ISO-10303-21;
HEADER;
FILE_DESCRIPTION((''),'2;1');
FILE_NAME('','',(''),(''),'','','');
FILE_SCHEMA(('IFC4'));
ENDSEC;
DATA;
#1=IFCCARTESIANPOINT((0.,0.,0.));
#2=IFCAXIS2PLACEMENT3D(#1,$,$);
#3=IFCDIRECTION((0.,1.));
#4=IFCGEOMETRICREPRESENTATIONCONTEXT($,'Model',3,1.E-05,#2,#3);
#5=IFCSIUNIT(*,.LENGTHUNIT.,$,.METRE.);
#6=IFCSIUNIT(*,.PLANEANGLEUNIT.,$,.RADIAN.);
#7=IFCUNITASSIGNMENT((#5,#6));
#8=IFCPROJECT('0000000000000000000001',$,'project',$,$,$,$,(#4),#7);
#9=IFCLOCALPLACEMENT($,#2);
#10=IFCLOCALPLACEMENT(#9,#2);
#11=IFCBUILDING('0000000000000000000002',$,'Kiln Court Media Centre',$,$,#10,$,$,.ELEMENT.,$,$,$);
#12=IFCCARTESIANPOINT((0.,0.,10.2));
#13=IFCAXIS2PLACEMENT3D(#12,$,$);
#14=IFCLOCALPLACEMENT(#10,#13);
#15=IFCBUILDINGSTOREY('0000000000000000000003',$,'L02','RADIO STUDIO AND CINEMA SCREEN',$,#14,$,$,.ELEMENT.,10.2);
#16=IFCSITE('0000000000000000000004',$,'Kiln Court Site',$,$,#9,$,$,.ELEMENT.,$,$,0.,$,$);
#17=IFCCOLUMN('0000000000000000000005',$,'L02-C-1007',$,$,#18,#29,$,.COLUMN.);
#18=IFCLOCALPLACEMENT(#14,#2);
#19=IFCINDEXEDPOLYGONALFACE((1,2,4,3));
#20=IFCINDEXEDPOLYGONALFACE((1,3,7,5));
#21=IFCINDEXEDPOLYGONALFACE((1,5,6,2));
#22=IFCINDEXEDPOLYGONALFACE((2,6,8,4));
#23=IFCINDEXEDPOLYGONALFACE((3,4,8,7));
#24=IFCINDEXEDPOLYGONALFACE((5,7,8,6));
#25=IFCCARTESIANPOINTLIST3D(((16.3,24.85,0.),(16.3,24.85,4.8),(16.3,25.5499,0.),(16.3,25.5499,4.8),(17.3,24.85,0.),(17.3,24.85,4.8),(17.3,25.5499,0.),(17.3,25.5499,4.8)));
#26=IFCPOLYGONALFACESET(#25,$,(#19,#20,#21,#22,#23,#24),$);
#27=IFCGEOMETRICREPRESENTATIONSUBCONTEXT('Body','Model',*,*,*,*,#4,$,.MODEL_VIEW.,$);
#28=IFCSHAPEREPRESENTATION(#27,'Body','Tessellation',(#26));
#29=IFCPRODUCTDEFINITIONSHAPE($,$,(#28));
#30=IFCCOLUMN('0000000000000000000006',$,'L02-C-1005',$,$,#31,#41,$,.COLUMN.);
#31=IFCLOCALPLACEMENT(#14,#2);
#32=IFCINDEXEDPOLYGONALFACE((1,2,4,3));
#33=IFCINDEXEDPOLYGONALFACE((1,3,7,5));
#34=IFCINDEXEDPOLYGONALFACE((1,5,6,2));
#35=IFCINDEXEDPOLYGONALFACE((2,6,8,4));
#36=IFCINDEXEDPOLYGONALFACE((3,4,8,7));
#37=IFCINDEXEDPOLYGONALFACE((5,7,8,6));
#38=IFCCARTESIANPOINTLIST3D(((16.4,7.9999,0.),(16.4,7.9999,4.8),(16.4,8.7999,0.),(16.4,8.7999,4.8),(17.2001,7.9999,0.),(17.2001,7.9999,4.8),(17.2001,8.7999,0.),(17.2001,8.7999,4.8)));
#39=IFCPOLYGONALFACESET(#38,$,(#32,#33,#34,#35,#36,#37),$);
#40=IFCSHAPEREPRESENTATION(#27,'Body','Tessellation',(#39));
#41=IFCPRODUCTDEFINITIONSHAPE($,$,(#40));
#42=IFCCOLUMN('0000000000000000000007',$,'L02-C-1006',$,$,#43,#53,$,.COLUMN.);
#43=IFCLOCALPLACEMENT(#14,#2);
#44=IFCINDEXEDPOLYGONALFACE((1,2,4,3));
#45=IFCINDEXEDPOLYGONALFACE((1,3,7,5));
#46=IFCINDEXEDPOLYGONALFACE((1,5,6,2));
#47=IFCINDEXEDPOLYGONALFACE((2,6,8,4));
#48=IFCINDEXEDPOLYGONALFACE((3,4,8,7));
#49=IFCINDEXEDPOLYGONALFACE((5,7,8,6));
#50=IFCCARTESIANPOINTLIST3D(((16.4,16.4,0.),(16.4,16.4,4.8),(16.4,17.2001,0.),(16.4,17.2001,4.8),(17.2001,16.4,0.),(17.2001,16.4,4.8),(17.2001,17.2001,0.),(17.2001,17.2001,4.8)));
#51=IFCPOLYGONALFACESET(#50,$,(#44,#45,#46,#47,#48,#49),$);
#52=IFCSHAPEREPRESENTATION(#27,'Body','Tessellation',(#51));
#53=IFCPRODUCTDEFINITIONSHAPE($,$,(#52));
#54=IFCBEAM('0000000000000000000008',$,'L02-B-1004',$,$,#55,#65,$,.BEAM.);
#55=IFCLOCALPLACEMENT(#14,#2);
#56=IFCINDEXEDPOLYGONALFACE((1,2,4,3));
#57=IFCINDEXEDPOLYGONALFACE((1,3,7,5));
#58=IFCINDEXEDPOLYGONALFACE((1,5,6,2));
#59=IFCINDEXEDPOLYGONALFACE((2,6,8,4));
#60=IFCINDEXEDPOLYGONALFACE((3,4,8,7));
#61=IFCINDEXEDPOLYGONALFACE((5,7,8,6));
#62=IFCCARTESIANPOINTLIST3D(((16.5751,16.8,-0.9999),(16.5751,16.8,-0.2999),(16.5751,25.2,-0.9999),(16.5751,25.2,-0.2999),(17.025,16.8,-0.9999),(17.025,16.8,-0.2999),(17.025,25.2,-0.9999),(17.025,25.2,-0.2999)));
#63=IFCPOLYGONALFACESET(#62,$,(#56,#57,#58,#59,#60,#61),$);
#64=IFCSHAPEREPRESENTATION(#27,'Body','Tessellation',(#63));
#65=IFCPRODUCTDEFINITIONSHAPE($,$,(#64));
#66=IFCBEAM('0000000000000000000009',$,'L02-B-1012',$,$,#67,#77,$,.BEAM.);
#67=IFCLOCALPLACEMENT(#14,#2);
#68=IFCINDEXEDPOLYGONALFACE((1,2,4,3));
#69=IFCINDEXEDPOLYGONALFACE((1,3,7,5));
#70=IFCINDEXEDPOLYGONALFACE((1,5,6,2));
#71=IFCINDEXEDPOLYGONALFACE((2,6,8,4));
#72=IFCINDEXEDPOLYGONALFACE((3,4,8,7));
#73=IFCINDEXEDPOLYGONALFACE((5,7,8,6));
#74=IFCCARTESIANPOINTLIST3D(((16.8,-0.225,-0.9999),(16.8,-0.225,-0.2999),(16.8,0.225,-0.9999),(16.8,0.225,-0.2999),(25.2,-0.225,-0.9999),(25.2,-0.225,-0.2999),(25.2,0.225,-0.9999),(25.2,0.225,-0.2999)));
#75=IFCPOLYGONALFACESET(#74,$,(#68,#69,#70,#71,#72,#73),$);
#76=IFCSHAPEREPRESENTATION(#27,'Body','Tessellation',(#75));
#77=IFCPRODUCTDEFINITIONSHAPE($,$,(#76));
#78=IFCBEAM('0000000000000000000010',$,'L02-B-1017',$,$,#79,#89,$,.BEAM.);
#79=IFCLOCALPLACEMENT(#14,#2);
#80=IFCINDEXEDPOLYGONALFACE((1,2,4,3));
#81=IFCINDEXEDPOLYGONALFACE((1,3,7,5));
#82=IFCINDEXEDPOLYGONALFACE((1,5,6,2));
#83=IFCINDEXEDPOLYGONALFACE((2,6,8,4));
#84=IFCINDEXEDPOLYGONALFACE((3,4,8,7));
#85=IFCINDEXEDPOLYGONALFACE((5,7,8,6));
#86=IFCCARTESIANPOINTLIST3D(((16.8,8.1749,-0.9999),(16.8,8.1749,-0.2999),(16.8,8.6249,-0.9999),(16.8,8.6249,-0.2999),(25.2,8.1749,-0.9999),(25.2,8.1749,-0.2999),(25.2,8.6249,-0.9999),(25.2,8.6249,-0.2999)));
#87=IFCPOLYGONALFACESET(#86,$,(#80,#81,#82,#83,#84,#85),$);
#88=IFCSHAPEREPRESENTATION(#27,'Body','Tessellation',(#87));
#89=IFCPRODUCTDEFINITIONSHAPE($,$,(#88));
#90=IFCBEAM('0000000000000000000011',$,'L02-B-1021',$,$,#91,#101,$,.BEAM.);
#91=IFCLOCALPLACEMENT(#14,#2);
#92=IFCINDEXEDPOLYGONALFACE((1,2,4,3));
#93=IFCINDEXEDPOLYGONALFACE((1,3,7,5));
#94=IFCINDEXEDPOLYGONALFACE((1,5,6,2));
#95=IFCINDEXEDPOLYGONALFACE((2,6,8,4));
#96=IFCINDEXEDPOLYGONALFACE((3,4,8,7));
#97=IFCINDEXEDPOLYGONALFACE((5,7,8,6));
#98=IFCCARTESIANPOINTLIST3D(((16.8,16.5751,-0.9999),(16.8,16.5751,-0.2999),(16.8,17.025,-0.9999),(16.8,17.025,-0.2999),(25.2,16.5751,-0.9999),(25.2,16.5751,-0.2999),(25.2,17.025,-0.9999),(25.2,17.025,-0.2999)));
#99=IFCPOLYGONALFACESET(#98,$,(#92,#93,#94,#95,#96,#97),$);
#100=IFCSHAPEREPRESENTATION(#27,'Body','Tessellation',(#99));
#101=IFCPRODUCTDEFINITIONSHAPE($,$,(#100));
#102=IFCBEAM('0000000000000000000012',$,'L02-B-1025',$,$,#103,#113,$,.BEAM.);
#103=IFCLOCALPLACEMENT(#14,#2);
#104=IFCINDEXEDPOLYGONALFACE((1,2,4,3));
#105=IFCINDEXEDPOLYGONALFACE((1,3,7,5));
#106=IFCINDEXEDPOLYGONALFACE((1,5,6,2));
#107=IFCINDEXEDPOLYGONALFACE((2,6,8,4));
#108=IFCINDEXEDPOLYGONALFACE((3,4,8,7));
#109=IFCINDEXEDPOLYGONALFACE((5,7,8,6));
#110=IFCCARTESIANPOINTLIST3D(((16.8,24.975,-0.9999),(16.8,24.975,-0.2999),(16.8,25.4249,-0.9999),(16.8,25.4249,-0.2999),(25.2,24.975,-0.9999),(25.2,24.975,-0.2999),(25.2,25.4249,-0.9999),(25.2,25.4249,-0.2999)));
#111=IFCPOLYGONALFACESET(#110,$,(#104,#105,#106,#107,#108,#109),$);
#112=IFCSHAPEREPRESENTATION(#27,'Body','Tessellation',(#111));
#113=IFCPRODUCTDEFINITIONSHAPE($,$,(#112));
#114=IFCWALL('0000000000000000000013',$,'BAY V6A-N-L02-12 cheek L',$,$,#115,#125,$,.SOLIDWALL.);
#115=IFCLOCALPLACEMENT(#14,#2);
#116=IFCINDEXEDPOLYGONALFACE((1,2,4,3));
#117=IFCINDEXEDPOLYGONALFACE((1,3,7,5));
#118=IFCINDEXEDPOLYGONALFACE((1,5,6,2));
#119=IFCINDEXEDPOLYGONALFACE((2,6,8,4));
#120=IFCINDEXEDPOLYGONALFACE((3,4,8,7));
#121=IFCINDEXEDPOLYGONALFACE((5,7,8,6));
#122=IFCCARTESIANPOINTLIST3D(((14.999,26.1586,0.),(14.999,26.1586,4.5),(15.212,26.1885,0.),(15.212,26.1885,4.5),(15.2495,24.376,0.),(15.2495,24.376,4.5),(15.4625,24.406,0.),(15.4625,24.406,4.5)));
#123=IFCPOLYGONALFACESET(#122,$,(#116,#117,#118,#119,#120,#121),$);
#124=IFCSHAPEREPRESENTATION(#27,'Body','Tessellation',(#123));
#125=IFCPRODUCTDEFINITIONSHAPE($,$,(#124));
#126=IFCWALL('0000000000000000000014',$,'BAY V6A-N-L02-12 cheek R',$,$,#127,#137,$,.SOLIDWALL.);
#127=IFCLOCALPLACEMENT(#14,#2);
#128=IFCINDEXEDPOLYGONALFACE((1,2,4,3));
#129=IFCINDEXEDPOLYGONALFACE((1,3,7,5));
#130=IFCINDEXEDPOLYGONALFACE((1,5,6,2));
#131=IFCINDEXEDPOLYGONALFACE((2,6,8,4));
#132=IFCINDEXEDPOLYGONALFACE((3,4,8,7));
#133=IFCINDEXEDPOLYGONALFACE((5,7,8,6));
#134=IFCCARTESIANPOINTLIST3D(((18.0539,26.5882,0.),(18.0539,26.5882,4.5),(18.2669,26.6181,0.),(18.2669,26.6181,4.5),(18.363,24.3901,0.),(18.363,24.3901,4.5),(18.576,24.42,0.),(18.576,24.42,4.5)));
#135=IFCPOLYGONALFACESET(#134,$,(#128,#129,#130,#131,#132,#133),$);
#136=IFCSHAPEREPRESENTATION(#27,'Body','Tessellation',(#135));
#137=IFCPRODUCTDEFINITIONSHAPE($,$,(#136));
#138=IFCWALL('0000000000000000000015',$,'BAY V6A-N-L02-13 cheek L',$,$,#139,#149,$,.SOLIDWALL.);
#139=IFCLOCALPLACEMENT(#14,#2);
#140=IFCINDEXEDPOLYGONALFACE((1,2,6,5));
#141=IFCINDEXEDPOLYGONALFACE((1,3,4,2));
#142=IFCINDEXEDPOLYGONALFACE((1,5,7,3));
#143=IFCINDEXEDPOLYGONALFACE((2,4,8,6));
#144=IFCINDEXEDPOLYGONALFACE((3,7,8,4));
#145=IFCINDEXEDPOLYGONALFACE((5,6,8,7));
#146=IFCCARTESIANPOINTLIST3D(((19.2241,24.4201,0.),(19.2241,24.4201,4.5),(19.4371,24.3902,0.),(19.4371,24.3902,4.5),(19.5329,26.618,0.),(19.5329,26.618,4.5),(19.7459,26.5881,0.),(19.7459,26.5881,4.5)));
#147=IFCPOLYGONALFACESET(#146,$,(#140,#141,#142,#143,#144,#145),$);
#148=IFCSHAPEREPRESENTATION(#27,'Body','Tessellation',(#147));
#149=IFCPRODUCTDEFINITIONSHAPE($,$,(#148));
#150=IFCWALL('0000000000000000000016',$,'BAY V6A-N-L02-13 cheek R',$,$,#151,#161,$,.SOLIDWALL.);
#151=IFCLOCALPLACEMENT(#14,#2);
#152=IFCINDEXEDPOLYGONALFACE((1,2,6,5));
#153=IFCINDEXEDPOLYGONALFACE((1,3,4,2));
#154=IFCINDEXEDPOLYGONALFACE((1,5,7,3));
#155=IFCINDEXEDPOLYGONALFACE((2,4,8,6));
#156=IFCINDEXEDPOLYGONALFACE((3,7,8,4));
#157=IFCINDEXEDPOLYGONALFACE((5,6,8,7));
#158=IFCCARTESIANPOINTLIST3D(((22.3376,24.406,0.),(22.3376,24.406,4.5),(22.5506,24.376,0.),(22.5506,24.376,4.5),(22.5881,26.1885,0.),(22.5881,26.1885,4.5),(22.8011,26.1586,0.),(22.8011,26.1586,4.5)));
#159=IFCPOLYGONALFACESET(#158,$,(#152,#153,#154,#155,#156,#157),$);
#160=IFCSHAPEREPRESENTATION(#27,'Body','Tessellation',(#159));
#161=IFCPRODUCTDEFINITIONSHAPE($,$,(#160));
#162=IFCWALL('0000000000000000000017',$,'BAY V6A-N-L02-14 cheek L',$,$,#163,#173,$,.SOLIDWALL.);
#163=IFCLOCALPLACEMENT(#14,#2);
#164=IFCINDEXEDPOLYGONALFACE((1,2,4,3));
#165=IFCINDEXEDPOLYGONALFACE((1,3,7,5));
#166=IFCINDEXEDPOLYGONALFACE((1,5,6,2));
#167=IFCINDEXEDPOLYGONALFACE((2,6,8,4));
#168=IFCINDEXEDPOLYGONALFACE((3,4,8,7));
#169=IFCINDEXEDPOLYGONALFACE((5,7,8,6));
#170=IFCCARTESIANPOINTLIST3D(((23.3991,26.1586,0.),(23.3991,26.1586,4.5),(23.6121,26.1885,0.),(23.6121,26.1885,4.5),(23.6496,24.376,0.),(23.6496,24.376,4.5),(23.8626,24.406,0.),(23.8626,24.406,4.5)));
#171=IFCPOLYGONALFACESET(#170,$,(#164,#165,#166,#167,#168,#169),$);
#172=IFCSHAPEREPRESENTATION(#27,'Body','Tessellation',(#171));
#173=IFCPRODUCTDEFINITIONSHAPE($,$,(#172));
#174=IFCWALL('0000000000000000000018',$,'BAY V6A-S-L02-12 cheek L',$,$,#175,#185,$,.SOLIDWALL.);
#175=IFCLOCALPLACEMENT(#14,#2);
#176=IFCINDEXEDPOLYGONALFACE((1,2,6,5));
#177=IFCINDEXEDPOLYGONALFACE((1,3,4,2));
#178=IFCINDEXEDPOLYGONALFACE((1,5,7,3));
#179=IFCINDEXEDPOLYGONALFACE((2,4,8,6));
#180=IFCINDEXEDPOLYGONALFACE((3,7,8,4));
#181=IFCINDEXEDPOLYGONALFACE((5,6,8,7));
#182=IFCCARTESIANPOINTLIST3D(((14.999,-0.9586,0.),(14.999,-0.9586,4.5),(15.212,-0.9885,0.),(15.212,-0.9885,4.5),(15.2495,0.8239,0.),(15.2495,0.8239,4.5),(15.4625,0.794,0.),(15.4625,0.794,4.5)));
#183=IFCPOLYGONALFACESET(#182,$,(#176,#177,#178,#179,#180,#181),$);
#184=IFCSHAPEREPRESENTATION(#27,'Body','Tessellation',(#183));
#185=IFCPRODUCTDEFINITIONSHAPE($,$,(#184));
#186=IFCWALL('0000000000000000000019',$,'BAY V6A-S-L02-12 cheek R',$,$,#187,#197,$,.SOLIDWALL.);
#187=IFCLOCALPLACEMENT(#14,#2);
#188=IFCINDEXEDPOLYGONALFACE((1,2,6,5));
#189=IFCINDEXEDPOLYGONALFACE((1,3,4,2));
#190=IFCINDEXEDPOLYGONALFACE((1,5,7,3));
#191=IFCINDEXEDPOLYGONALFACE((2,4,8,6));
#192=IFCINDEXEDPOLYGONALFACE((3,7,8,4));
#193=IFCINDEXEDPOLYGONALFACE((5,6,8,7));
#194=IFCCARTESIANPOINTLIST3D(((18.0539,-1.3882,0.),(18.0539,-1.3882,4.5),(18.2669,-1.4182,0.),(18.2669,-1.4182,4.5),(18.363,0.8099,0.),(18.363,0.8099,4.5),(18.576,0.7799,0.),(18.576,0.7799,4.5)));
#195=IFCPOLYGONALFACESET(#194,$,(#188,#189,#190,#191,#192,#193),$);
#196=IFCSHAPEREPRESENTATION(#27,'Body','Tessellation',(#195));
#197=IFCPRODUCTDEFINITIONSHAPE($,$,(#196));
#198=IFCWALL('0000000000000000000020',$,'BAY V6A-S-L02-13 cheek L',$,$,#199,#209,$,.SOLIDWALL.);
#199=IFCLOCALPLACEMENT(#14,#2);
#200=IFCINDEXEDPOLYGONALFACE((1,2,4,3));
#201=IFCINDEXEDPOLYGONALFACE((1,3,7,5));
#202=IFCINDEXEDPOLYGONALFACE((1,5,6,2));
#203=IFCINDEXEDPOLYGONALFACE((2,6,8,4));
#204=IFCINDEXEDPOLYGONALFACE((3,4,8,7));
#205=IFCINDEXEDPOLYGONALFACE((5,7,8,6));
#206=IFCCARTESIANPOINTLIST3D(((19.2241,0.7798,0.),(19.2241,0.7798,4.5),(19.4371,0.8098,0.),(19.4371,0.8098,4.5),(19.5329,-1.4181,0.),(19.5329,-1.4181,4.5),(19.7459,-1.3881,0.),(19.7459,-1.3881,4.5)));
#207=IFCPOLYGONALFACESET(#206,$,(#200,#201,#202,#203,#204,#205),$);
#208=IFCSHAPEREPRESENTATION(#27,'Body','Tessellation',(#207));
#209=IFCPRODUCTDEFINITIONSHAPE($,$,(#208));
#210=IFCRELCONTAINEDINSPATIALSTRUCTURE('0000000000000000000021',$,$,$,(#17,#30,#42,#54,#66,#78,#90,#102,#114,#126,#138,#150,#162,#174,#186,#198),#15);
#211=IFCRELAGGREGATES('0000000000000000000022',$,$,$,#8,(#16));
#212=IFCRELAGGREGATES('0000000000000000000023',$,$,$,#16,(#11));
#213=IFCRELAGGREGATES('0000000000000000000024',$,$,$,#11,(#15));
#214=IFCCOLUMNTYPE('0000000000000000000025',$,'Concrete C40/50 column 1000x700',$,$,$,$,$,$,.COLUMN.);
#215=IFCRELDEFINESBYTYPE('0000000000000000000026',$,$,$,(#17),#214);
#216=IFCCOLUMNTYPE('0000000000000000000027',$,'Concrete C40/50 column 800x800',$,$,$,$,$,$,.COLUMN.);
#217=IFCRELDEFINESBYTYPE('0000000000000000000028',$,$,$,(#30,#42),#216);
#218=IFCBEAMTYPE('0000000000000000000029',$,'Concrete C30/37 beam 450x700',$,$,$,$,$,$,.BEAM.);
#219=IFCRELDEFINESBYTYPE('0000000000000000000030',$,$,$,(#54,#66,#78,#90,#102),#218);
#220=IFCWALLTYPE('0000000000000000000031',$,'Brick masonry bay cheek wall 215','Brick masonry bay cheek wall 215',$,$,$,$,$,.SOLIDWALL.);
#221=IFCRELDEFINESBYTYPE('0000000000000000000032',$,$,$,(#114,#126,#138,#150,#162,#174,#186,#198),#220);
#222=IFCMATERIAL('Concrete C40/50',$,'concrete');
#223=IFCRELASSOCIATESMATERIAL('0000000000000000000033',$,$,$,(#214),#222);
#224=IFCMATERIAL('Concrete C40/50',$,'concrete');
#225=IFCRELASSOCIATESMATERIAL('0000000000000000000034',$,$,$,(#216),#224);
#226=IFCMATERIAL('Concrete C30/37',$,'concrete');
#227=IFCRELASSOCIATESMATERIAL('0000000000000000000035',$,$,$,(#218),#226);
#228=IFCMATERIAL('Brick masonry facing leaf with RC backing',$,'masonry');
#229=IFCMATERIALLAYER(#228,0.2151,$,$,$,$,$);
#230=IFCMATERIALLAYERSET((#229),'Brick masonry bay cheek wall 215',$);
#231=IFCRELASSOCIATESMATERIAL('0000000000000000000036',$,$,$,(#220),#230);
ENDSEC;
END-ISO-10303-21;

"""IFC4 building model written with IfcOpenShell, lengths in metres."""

from ifc_helpers import new_model, si_unit, direction, frame, frame_2d, origin, origin_2d, place, context, subcontext, project, spatial, rectangle, extrude, material, layer, layer_set, material_profile, profile_set, type_object, element, save


model = new_model("IFC4")

# Units and contexts
model_context = context("Model", 3, precision=1e-05, world=origin(), true_north=direction((0.0, 1.0)))
body_context = subcontext(model_context, "Body", "Model", "MODEL_VIEW")
ifc_project = project(units=[si_unit("LENGTHUNIT", "METRE"), si_unit("PLANEANGLEUNIT", "RADIAN")], contexts=[model_context])

# Site, building, storey
site_placement = place(None, origin())
site = spatial("IfcSite", under=ifc_project, at=site_placement, Name="Kiln Court Site", CompositionType="ELEMENT", RefElevation=0.0)
building_placement = place(site_placement, origin())
building = spatial("IfcBuilding", under=site, at=building_placement, Name="Kiln Court Media Centre", CompositionType="ELEMENT")
storey_placement = place(building_placement, frame((0.0, 0.0, 10.2)))
storey = spatial("IfcBuildingStorey", under=building, at=storey_placement, Name="L02", Description="RADIO STUDIO AND CINEMA SCREEN", CompositionType="ELEMENT", Elevation=10.2)

# Columns
ifc_material_1 = material(Name="Concrete C40/50", Category="concrete")
ifc_material_profile_1 = material_profile(ifc_material_1, rectangle(XDim=1.0, YDim=0.7, at=origin_2d()), Name="RC 1000x700")
ifc_profile_set_1 = profile_set([ifc_material_profile_1], Name="Concrete C40/50")
column_type_1 = type_object("IfcColumnType", Name="Concrete C40/50 column 1000x700", PredefinedType="COLUMN", material=ifc_profile_set_1)
column_placement = place(storey_placement, frame((16.8, 25.2, 0.0), z_axis=(0.0, 0.0, 1.0), x_axis=(1.0, 0.0, 0.0)))
element("IfcColumn", 1, at=column_placement, inside=storey, type_object=column_type_1, Name="L02-C-1007", PredefinedType="COLUMN", context=body_context, shape_type="SweptSolid", body=[
    extrude(rectangle(XDim=1.0, YDim=0.7, at=origin_2d()), origin(), (0.0, 0.0, 1.0), 4.8),
])
ifc_material_2 = material(Name="Concrete C40/50", Category="concrete")
ifc_material_profile_2 = material_profile(ifc_material_2, rectangle(XDim=0.8, YDim=0.8, at=origin_2d()), Name="RC 800x800")
ifc_profile_set_2 = profile_set([ifc_material_profile_2], Name="Concrete C40/50")
column_type_2 = type_object("IfcColumnType", Name="Concrete C40/50 column 800x800", PredefinedType="COLUMN", material=ifc_profile_set_2)
for number, where, z_axis, x_axis, name in (
    (2, (16.8, 8.3999, 0.0), (0.0, 0.0, 1.0), (1.0, 0.0, 0.0), "L02-C-1005"),
    (3, (16.8, 16.8, 0.0), (0.0, 0.0, 1.0), (1.0, 0.0, 0.0), "L02-C-1006"),
):
    element("IfcColumn", number, at=place(storey_placement, frame(where, z_axis=z_axis, x_axis=x_axis)), inside=storey, type_object=column_type_2, Name=name, PredefinedType="COLUMN", context=body_context, shape_type="SweptSolid", body=[
        extrude(rectangle(XDim=0.8, YDim=0.8, at=origin_2d()), origin(), (0.0, 0.0, 1.0), 4.8),
    ])

# Beams
ifc_material_3 = material(Name="Concrete C30/37", Category="concrete")
ifc_material_profile_3 = material_profile(ifc_material_3, rectangle(XDim=0.45, YDim=0.7, at=origin_2d()), Name="RC 450x700")
ifc_profile_set_3 = profile_set([ifc_material_profile_3], Name="Concrete C30/37")
beam_type = type_object("IfcBeamType", Name="Concrete C30/37 beam 450x700", PredefinedType="BEAM", material=ifc_profile_set_3)
for number, where, z_axis, x_axis, name in (
    (4, (16.8, 16.8, -0.6499), (0.0, 1.0, 0.0), (-1.0, 0.0, 0.0), "L02-B-1004"),
    (5, (16.8, 0.0, -0.6499), (1.0, 0.0, 0.0), (0.0, 1.0, 0.0), "L02-B-1012"),
    (6, (16.8, 8.3999, -0.6499), (1.0, 0.0, 0.0), (0.0, 1.0, 0.0), "L02-B-1017"),
    (7, (16.8, 16.8, -0.6499), (1.0, 0.0, 0.0), (0.0, 1.0, 0.0), "L02-B-1021"),
    (8, (16.8, 25.2, -0.6499), (1.0, 0.0, 0.0), (0.0, 1.0, 0.0), "L02-B-1025"),
):
    element("IfcBeam", number, at=place(storey_placement, frame(where, z_axis=z_axis, x_axis=x_axis)), inside=storey, type_object=beam_type, Name=name, PredefinedType="BEAM", context=body_context, shape_type="SweptSolid", body=[
        extrude(rectangle(XDim=0.45, YDim=0.7, at=origin_2d()), origin(), (0.0, 0.0, 1.0), 8.3999),
    ])

# Walls
ifc_material_4 = material(Name="Brick masonry facing leaf with RC backing", Category="masonry")
ifc_layer_1 = layer(ifc_material_4, 0.2151)
ifc_layer_set_1 = layer_set([ifc_layer_1], Name="Brick masonry bay cheek wall 215")
wall_type_1 = type_object("IfcWallType", Name="Brick masonry bay cheek wall 215", Description="Brick masonry bay cheek wall 215", PredefinedType="SOLIDWALL", material=ifc_layer_set_1)
wall_1_placement = place(storey_placement, frame((15.356, 24.3911, 0.0), z_axis=(0.0, 0.0, 1.0), x_axis=(-0.139161, 0.99027, 0.0)))
element("IfcWall", 9, at=wall_1_placement, inside=storey, type_object=wall_type_1, Name="BAY V6A-N-L02-12 cheek L", PredefinedType="SOLIDWALL", context=body_context, shape_type="SweptSolid", body=[
    extrude(rectangle(XDim=1.8, YDim=0.2151, at=frame_2d((0.8999, 0.0))), origin(), (0.0, 0.0, 1.0), 4.5),
])
wall_2_placement = place(storey_placement, frame((18.4695, 24.405, 0.0), z_axis=(0.0, 0.0, 1.0), x_axis=(-0.13925, 0.990257, 0.0)))
element("IfcWall", 10, at=wall_2_placement, inside=storey, type_object=wall_type_1, Name="BAY V6A-N-L02-12 cheek R", PredefinedType="SOLIDWALL", context=body_context, shape_type="SweptSolid", body=[
    extrude(rectangle(XDim=2.2197, YDim=0.2151, at=frame_2d((1.1099, 0.0))), origin(), (0.0, 0.0, 1.0), 4.5),
])
wall_3_placement = place(storey_placement, frame((19.3306, 24.405, 0.0), z_axis=(0.0, 0.0, 1.0), x_axis=(0.139142, 0.990272, 0.0)))
element("IfcWall", 11, at=wall_3_placement, inside=storey, type_object=wall_type_1, Name="BAY V6A-N-L02-13 cheek L", PredefinedType="SOLIDWALL", context=body_context, shape_type="SweptSolid", body=[
    extrude(rectangle(XDim=2.2195, YDim=0.2151, at=frame_2d((1.1099, 0.0))), origin(), (0.0, 0.0, 1.0), 4.5),
])
for number, where, z_axis, x_axis, name in (
    (12, (22.4441, 24.3911, 0.0), (0.0, 0.0, 1.0), (0.139161, 0.99027, 0.0), "BAY V6A-N-L02-13 cheek R"),
    (13, (23.7561, 24.3911, 0.0), (0.0, 0.0, 1.0), (-0.139161, 0.99027, 0.0), "BAY V6A-N-L02-14 cheek L"),
    (14, (15.356, 0.8088, 0.0), (0.0, 0.0, 1.0), (-0.139161, -0.99027, 0.0), "BAY V6A-S-L02-12 cheek L"),
):
    element("IfcWall", number, at=place(storey_placement, frame(where, z_axis=z_axis, x_axis=x_axis)), inside=storey, type_object=wall_type_1, Name=name, PredefinedType="SOLIDWALL", context=body_context, shape_type="SweptSolid", body=[
        extrude(rectangle(XDim=1.8, YDim=0.2151, at=frame_2d((0.8999, 0.0))), origin(), (0.0, 0.0, 1.0), 4.5),
    ])
wall_4_placement = place(storey_placement, frame((18.4695, 0.7949, 0.0), z_axis=(0.0, 0.0, 1.0), x_axis=(-0.13925, -0.990257, 0.0)))
element("IfcWall", 15, at=wall_4_placement, inside=storey, type_object=wall_type_1, Name="BAY V6A-S-L02-12 cheek R", PredefinedType="SOLIDWALL", context=body_context, shape_type="SweptSolid", body=[
    extrude(rectangle(XDim=2.2197, YDim=0.2151, at=frame_2d((1.1099, 0.0))), origin(), (0.0, 0.0, 1.0), 4.5),
])
wall_5_placement = place(storey_placement, frame((19.3306, 0.7949, 0.0), z_axis=(0.0, 0.0, 1.0), x_axis=(0.139142, -0.990272, 0.0)))
element("IfcWall", 16, at=wall_5_placement, inside=storey, type_object=wall_type_1, Name="BAY V6A-S-L02-13 cheek L", PredefinedType="SOLIDWALL", context=body_context, shape_type="SweptSolid", body=[
    extrude(rectangle(XDim=2.2195, YDim=0.2151, at=frame_2d((1.1099, 0.0))), origin(), (0.0, 0.0, 1.0), 4.5),
])

save(model, "model.ifc")
